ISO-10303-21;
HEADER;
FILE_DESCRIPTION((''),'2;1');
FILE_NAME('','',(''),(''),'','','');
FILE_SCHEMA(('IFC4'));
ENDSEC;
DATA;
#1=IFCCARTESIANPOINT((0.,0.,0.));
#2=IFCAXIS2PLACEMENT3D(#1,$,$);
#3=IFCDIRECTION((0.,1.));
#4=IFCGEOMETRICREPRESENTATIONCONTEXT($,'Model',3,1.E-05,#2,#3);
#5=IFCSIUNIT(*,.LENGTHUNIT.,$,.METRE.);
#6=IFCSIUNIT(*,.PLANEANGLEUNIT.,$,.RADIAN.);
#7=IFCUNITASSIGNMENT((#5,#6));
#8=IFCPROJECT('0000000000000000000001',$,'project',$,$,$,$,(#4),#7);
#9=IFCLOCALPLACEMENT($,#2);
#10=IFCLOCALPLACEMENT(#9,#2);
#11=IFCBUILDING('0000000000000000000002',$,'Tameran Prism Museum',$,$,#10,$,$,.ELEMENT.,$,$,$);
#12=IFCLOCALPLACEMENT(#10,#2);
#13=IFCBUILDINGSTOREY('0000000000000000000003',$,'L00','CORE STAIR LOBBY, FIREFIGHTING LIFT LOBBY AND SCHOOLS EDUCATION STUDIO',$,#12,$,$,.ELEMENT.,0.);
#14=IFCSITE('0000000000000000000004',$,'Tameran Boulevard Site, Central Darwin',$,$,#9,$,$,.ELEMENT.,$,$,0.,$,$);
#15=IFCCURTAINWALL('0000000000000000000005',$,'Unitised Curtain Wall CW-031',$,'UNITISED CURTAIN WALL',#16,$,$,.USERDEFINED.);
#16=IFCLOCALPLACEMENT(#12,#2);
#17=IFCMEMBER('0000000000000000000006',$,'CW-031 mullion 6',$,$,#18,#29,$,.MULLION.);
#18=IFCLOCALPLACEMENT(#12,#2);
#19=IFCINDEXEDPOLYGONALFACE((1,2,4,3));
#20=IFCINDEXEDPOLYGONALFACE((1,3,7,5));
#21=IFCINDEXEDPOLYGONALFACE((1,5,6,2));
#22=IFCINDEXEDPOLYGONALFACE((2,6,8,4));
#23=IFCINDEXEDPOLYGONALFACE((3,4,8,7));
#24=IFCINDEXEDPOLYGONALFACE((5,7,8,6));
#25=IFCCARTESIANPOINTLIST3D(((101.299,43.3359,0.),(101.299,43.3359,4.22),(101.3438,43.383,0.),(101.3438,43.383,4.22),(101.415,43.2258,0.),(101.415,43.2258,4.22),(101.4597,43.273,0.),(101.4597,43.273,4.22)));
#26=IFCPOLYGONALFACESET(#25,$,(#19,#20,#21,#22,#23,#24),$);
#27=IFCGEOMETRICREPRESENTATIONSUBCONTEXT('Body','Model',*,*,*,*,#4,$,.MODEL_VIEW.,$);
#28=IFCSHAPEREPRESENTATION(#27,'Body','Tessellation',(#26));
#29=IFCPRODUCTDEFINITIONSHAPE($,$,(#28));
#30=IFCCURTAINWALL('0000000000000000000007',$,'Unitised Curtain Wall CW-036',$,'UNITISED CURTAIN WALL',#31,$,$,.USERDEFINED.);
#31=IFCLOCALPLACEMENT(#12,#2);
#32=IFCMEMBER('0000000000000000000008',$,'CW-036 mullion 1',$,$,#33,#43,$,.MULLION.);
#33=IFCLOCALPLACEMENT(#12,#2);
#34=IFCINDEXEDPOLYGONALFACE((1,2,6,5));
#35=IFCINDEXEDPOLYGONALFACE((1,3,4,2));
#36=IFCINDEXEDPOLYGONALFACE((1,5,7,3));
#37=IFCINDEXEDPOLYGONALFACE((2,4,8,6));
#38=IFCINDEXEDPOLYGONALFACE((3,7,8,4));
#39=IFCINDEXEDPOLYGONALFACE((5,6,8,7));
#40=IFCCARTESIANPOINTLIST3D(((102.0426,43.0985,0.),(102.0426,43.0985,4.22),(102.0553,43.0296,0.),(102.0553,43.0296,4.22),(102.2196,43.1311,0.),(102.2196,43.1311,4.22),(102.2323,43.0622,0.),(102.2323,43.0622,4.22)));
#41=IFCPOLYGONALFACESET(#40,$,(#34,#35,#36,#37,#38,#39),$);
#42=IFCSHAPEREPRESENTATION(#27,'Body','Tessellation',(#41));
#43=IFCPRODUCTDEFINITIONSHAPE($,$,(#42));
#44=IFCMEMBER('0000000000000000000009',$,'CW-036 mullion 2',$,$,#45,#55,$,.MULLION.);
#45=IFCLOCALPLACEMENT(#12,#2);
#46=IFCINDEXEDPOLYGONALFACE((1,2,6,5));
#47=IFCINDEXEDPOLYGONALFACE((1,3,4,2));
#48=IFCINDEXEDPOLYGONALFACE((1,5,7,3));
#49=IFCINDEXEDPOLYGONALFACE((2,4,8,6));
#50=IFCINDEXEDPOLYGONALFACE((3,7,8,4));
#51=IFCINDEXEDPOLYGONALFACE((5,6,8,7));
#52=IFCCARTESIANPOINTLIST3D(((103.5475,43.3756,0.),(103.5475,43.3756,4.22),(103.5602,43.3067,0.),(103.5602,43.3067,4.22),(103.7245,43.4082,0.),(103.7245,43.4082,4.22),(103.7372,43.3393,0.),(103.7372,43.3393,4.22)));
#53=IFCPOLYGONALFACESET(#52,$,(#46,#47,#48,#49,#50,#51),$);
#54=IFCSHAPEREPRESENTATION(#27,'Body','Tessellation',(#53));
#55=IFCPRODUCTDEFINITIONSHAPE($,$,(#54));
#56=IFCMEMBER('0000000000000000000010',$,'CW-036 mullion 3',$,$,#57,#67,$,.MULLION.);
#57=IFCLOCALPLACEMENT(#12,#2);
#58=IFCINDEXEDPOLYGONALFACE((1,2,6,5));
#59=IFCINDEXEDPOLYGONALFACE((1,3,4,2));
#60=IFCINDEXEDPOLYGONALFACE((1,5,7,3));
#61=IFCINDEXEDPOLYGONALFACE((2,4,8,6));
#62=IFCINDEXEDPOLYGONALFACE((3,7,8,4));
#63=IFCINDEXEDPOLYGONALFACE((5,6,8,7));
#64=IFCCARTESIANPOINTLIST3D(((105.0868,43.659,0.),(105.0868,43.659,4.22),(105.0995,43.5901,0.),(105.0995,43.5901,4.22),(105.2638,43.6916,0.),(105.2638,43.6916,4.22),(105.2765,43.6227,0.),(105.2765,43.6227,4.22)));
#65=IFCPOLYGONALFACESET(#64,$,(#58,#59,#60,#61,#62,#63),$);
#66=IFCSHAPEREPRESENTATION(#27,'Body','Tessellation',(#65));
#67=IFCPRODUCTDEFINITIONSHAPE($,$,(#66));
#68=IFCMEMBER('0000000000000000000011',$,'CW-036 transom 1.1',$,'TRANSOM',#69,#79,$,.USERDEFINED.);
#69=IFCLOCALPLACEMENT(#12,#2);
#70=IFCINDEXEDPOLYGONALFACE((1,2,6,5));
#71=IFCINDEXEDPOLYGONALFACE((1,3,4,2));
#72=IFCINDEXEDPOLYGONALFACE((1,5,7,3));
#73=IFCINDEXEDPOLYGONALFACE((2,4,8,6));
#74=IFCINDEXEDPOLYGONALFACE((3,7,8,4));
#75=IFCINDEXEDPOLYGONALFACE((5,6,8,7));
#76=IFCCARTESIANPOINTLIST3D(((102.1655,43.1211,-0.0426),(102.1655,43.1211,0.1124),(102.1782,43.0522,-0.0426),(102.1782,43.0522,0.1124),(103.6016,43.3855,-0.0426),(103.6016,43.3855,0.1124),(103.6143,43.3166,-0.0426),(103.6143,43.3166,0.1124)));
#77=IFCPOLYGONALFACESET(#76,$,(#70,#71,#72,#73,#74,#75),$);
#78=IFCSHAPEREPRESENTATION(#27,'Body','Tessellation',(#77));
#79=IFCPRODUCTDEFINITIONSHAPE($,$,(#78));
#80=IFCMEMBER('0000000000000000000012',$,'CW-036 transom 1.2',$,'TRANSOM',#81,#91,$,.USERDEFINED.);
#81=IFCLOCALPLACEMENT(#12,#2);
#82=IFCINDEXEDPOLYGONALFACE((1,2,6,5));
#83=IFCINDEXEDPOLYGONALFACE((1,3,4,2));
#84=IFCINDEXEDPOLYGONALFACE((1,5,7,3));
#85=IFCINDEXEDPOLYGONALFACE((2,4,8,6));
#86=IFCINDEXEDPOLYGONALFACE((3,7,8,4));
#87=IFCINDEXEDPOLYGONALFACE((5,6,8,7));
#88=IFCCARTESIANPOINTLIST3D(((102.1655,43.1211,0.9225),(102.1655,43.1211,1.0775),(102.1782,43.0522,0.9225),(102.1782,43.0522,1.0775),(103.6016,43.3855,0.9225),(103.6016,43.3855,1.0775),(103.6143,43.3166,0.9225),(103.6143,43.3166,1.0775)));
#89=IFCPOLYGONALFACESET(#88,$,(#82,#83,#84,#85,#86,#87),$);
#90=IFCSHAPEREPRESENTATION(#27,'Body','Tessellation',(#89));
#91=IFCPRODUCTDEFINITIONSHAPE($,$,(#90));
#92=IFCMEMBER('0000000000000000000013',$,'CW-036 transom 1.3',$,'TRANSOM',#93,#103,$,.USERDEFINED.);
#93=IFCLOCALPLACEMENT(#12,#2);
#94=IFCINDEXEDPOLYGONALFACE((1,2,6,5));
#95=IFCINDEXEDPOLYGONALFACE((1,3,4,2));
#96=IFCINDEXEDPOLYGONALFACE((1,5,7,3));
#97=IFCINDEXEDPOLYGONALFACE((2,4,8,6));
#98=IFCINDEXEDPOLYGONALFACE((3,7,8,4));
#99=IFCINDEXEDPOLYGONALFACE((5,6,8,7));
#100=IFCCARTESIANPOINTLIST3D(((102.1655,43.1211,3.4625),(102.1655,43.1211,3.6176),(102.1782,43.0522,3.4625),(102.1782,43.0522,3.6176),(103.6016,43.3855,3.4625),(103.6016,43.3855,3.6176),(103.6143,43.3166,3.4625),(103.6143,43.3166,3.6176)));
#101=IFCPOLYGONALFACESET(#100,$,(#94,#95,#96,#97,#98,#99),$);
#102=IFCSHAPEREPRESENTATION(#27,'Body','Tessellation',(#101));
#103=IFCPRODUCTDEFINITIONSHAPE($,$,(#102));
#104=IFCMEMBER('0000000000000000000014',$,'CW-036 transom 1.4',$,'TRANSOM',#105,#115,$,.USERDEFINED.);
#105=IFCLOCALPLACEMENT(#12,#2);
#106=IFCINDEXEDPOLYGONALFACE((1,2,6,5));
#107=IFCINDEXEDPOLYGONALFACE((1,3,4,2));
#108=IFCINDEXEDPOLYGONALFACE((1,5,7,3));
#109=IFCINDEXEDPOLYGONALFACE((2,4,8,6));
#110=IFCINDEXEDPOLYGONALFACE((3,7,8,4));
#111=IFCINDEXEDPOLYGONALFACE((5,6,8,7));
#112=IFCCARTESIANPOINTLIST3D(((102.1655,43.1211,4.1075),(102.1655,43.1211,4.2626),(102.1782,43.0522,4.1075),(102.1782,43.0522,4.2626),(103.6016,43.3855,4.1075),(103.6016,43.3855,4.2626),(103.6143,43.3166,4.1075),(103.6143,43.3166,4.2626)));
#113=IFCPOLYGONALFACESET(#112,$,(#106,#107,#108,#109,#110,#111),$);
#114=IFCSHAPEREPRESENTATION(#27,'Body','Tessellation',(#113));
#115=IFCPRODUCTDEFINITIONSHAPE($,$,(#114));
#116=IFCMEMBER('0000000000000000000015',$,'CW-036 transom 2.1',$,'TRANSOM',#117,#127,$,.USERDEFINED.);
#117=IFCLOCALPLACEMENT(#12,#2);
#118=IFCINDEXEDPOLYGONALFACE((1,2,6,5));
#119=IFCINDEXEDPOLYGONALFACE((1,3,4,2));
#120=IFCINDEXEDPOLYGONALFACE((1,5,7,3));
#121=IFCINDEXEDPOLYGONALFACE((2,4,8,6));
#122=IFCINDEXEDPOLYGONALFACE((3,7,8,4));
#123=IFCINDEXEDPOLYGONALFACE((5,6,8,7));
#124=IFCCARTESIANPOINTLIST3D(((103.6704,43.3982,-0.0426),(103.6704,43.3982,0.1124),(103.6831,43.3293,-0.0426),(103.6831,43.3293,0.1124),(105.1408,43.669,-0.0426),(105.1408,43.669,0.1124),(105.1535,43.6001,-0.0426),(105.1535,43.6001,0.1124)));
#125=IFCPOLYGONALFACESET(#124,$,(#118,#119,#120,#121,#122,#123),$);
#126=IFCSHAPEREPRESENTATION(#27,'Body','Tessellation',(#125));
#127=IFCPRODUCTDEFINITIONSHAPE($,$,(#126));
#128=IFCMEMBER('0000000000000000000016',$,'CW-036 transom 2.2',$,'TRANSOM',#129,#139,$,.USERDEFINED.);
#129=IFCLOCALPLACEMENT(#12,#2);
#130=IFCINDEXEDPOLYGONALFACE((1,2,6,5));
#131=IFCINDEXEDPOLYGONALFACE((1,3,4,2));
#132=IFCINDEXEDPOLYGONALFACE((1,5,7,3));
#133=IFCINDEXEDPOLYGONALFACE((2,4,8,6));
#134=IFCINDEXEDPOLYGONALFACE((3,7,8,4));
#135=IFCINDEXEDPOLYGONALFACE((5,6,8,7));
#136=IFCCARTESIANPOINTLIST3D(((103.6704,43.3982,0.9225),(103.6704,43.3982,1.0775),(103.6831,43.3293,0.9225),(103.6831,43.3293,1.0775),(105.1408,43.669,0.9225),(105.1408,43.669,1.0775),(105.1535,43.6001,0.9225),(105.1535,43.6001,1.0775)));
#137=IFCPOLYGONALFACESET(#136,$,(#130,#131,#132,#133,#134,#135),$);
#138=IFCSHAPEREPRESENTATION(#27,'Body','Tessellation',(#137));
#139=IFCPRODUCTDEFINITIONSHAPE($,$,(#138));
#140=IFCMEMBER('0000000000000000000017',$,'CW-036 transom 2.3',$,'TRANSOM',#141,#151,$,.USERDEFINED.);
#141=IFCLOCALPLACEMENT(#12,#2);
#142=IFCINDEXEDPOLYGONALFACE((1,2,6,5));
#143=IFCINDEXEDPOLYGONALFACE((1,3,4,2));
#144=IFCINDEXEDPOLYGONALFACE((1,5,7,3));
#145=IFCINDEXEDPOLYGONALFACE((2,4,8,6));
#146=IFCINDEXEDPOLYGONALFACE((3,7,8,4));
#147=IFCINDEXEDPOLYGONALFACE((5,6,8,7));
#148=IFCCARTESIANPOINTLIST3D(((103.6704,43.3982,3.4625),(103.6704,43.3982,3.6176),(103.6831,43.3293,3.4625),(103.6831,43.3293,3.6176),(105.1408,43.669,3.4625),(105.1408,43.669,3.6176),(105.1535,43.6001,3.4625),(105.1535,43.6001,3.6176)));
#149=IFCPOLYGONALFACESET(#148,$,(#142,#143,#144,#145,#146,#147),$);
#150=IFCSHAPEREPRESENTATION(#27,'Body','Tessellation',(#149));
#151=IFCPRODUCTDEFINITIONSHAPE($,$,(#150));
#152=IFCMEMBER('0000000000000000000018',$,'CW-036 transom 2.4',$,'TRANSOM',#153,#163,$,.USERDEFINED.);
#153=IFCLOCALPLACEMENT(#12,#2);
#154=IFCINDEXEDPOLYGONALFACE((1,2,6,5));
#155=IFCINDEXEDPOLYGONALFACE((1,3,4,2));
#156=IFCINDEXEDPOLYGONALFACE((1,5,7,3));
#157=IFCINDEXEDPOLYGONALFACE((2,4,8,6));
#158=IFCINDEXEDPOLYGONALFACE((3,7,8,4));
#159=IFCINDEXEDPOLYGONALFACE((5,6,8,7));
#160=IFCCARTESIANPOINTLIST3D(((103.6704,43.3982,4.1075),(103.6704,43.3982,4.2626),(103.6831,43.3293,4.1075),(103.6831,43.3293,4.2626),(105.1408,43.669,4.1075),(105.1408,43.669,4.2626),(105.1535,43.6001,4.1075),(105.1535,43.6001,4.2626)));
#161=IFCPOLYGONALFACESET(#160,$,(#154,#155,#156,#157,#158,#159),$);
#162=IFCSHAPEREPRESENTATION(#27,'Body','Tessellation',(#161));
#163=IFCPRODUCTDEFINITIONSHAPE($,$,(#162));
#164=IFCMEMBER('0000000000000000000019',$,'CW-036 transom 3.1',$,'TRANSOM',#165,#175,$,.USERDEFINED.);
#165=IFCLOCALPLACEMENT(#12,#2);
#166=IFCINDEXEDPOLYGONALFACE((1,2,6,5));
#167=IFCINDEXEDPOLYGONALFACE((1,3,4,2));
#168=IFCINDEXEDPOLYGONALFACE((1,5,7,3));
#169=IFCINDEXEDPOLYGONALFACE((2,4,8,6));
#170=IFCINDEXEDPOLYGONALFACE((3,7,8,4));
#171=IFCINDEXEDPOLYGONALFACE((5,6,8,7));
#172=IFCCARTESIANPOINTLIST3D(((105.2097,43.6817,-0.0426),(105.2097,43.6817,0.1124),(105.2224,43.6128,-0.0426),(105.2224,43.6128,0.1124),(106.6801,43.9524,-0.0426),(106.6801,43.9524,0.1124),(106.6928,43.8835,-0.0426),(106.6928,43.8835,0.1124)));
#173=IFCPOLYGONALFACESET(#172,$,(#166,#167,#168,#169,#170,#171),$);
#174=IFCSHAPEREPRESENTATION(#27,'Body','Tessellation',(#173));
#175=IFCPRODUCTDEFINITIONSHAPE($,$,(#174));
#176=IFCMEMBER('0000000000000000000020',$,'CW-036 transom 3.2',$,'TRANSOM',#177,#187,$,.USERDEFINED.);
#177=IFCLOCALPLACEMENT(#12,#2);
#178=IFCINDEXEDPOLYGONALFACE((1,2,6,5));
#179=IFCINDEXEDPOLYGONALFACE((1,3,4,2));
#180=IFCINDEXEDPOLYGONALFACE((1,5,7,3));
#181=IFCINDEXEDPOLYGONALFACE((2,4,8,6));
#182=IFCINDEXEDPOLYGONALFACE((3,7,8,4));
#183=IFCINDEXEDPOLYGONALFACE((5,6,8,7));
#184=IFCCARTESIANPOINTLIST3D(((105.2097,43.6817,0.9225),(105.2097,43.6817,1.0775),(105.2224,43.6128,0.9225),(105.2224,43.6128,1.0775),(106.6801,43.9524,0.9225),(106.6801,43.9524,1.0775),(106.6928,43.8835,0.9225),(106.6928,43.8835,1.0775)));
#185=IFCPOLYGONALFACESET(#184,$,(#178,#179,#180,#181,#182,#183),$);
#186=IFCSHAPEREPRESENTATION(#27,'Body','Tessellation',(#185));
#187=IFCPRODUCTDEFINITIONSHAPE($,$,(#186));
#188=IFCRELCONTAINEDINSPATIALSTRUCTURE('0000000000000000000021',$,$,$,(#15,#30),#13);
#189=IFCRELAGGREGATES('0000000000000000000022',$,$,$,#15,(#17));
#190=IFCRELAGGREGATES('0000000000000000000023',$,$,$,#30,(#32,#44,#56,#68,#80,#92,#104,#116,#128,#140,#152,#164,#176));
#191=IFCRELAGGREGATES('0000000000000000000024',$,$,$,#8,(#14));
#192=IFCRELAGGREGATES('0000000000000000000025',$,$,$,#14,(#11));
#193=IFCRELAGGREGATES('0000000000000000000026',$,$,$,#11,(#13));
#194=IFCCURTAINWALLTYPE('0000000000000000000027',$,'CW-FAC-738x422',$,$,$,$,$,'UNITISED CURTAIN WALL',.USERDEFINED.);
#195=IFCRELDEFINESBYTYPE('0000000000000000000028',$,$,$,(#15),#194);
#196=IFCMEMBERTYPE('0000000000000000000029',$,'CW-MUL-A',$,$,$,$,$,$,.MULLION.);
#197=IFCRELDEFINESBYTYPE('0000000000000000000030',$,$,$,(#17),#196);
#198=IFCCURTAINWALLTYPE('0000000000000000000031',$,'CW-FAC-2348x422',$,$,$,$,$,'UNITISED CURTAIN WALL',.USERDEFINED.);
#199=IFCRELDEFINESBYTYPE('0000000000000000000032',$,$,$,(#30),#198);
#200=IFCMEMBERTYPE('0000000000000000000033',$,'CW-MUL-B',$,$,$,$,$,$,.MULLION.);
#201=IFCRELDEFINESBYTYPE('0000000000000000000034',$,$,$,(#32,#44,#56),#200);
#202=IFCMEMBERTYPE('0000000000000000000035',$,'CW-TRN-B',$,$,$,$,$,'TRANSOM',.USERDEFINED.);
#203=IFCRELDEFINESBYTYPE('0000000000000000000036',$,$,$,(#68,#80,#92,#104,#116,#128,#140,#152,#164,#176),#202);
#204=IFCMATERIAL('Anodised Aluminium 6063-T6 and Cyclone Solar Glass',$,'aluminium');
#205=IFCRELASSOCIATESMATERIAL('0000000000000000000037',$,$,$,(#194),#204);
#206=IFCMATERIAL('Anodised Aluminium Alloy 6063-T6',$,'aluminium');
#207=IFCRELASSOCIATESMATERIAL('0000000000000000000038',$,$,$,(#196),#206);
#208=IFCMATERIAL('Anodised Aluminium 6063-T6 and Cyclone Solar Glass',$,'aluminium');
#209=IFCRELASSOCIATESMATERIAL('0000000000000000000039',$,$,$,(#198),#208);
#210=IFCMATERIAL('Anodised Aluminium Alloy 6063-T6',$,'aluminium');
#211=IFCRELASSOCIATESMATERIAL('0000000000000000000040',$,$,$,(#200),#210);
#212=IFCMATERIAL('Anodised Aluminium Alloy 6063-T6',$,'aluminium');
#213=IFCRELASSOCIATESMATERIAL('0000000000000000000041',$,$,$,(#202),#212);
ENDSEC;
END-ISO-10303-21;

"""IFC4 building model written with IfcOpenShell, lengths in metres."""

from ifc_helpers import new_model, si_unit, direction, frame, origin, origin_2d, place, context, subcontext, project, spatial, rectangle, extrude, material, material_profile, profile_set, type_object, element, aggregate, save


model = new_model("IFC4")

# Units and contexts
model_context = context("Model", 3, precision=1e-05, world=origin(), true_north=direction((0.0, 1.0)))
body_context = subcontext(model_context, "Body", "Model", "MODEL_VIEW")
ifc_project = project(units=[si_unit("LENGTHUNIT", "METRE"), si_unit("PLANEANGLEUNIT", "RADIAN")], contexts=[model_context])

# Site, building, storey
site_placement = place(None, origin())
site = spatial("IfcSite", under=ifc_project, at=site_placement, Name="Tameran Boulevard Site, Central Darwin", CompositionType="ELEMENT", RefElevation=0.0)
building_placement = place(site_placement, origin())
building = spatial("IfcBuilding", under=site, at=building_placement, Name="Tameran Prism Museum", CompositionType="ELEMENT")
storey_placement = place(building_placement, origin())
storey = spatial("IfcBuildingStorey", under=building, at=storey_placement, Name="L00", Description="CORE STAIR LOBBY, FIREFIGHTING LIFT LOBBY AND SCHOOLS EDUCATION STUDIO", CompositionType="ELEMENT", Elevation=0.0)

# Curtain wall, member
ifc_material_1 = material(Name="Anodised Aluminium 6063-T6 and Cyclone Solar Glass", Category="aluminium")
curtain_wall_type_1 = type_object("IfcCurtainWallType", Name="CW-FAC-738x422", ElementType="UNITISED CURTAIN WALL", PredefinedType="USERDEFINED", material=ifc_material_1)
curtain_wall_1_placement = place(storey_placement, origin())
curtain_wall_1 = element("IfcCurtainWall", 1, at=curtain_wall_1_placement, inside=storey, type_object=curtain_wall_type_1, Name="Unitised Curtain Wall CW-031", ObjectType="UNITISED CURTAIN WALL", PredefinedType="USERDEFINED")
ifc_material_2 = material(Name="Anodised Aluminium Alloy 6063-T6", Category="aluminium")
ifc_material_profile_1 = material_profile(ifc_material_2, rectangle(XDim=0.0649, YDim=0.1599, at=origin_2d()))
ifc_profile_set_1 = profile_set([ifc_material_profile_1])
member_type_1 = type_object("IfcMemberType", Name="CW-MUL-A", PredefinedType="MULLION", material=ifc_profile_set_1)
member_1_placement = place(storey_placement, frame((101.3794, 43.3044, 0.0), z_axis=(0.0, 0.0, 1.0), x_axis=(0.688425, 0.725307, 0.0)))
member_1 = element("IfcMember", 2, at=member_1_placement, type_object=member_type_1, Name="CW-031 mullion 6", PredefinedType="MULLION", context=body_context, shape_type="SweptSolid", body=[
    extrude(rectangle(XDim=0.0649, YDim=0.1599, at=origin_2d()), origin(), (0.0, 0.0, 1.0), 4.22),
])
aggregate(curtain_wall_1, [member_1])

# Curtain wall, members
ifc_material_3 = material(Name="Anodised Aluminium 6063-T6 and Cyclone Solar Glass", Category="aluminium")
curtain_wall_type_2 = type_object("IfcCurtainWallType", Name="CW-FAC-2348x422", ElementType="UNITISED CURTAIN WALL", PredefinedType="USERDEFINED", material=ifc_material_3)
curtain_wall_2_placement = place(storey_placement, origin())
curtain_wall_2 = element("IfcCurtainWall", 3, at=curtain_wall_2_placement, inside=storey, type_object=curtain_wall_type_2, Name="Unitised Curtain Wall CW-036", ObjectType="UNITISED CURTAIN WALL", PredefinedType="USERDEFINED")
ifc_material_4 = material(Name="Anodised Aluminium Alloy 6063-T6", Category="aluminium")
ifc_material_profile_2 = material_profile(ifc_material_4, rectangle(XDim=0.0701, YDim=0.1799, at=origin_2d()))
ifc_profile_set_2 = profile_set([ifc_material_profile_2])
member_type_2 = type_object("IfcMemberType", Name="CW-MUL-B", PredefinedType="MULLION", material=ifc_profile_set_2)
member_2_placement = place(storey_placement, frame((102.1375, 43.0803, 0.0), z_axis=(0.0, 0.0, 1.0), x_axis=(-0.181063, 0.983472, 0.0)))
member_2 = element("IfcMember", 4, at=member_2_placement, type_object=member_type_2, Name="CW-036 mullion 1", PredefinedType="MULLION", context=body_context, shape_type="SweptSolid", body=[
    extrude(rectangle(XDim=0.0701, YDim=0.1799, at=origin_2d()), origin(), (0.0, 0.0, 1.0), 4.22),
])
member_3_placement = place(storey_placement, frame((103.6423, 43.3574, 0.0), z_axis=(0.0, 0.0, 1.0), x_axis=(-0.181063, 0.983472, 0.0)))
member_3 = element("IfcMember", 5, at=member_3_placement, type_object=member_type_2, Name="CW-036 mullion 2", PredefinedType="MULLION", context=body_context, shape_type="SweptSolid", body=[
    extrude(rectangle(XDim=0.0701, YDim=0.1799, at=origin_2d()), origin(), (0.0, 0.0, 1.0), 4.22),
])
member_4_placement = place(storey_placement, frame((105.1816, 43.6409, 0.0), z_axis=(0.0, 0.0, 1.0), x_axis=(-0.181063, 0.983472, 0.0)))
member_4 = element("IfcMember", 6, at=member_4_placement, type_object=member_type_2, Name="CW-036 mullion 3", PredefinedType="MULLION", context=body_context, shape_type="SweptSolid", body=[
    extrude(rectangle(XDim=0.0701, YDim=0.1799, at=origin_2d()), origin(), (0.0, 0.0, 1.0), 4.22),
])
ifc_material_5 = material(Name="Anodised Aluminium Alloy 6063-T6", Category="aluminium")
ifc_material_profile_3 = material_profile(ifc_material_5, rectangle(XDim=0.0701, YDim=0.155, at=origin_2d()))
ifc_profile_set_3 = profile_set([ifc_material_profile_3])
member_type_3 = type_object("IfcMemberType", Name="CW-TRN-B", ElementType="TRANSOM", PredefinedType="USERDEFINED", material=ifc_profile_set_3)
member_5_placement = place(storey_placement, frame((102.1719, 43.0867, 0.0349), z_axis=(0.983469, 0.181077, 0.0), x_axis=(-0.181077, 0.983469, 0.0)))
member_5 = element("IfcMember", 7, at=member_5_placement, type_object=member_type_3, Name="CW-036 transom 1.1", ObjectType="TRANSOM", PredefinedType="USERDEFINED", context=body_context, shape_type="SweptSolid", body=[
    extrude(rectangle(XDim=0.0701, YDim=0.155, at=origin_2d()), origin(), (0.0, 0.0, 1.0), 1.4602),
])
member_6_placement = place(storey_placement, frame((102.1719, 43.0867, 1.0), z_axis=(0.983469, 0.181077, 0.0), x_axis=(-0.181077, 0.983469, 0.0)))
member_6 = element("IfcMember", 8, at=member_6_placement, type_object=member_type_3, Name="CW-036 transom 1.2", ObjectType="TRANSOM", PredefinedType="USERDEFINED", context=body_context, shape_type="SweptSolid", body=[
    extrude(rectangle(XDim=0.0701, YDim=0.155, at=origin_2d()), origin(), (0.0, 0.0, 1.0), 1.4602),
])
member_7_placement = place(storey_placement, frame((102.1719, 43.0867, 3.54), z_axis=(0.983469, 0.181077, 0.0), x_axis=(-0.181077, 0.983469, 0.0)))
member_7 = element("IfcMember", 9, at=member_7_placement, type_object=member_type_3, Name="CW-036 transom 1.3", ObjectType="TRANSOM", PredefinedType="USERDEFINED", context=body_context, shape_type="SweptSolid", body=[
    extrude(rectangle(XDim=0.0701, YDim=0.155, at=origin_2d()), origin(), (0.0, 0.0, 1.0), 1.4602),
])
member_8_placement = place(storey_placement, frame((102.1719, 43.0867, 4.1851), z_axis=(0.983469, 0.181077, 0.0), x_axis=(-0.181077, 0.983469, 0.0)))
member_8 = element("IfcMember", 10, at=member_8_placement, type_object=member_type_3, Name="CW-036 transom 1.4", ObjectType="TRANSOM", PredefinedType="USERDEFINED", context=body_context, shape_type="SweptSolid", body=[
    extrude(rectangle(XDim=0.0701, YDim=0.155, at=origin_2d()), origin(), (0.0, 0.0, 1.0), 1.4602),
])
member_9_placement = place(storey_placement, frame((103.6768, 43.3638, 0.0349), z_axis=(0.983468, 0.181083, 0.0), x_axis=(-0.181083, 0.983468, 0.0)))
member_9 = element("IfcMember", 11, at=member_9_placement, type_object=member_type_3, Name="CW-036 transom 2.1", ObjectType="TRANSOM", PredefinedType="USERDEFINED", context=body_context, shape_type="SweptSolid", body=[
    extrude(rectangle(XDim=0.0701, YDim=0.155, at=origin_2d()), origin(), (0.0, 0.0, 1.0), 1.4951),
])
member_10_placement = place(storey_placement, frame((103.6768, 43.3638, 1.0), z_axis=(0.983468, 0.181083, 0.0), x_axis=(-0.181083, 0.983468, 0.0)))
member_10 = element("IfcMember", 12, at=member_10_placement, type_object=member_type_3, Name="CW-036 transom 2.2", ObjectType="TRANSOM", PredefinedType="USERDEFINED", context=body_context, shape_type="SweptSolid", body=[
    extrude(rectangle(XDim=0.0701, YDim=0.155, at=origin_2d()), origin(), (0.0, 0.0, 1.0), 1.4951),
])
member_11_placement = place(storey_placement, frame((103.6768, 43.3638, 3.54), z_axis=(0.983468, 0.181083, 0.0), x_axis=(-0.181083, 0.983468, 0.0)))
member_11 = element("IfcMember", 13, at=member_11_placement, type_object=member_type_3, Name="CW-036 transom 2.3", ObjectType="TRANSOM", PredefinedType="USERDEFINED", context=body_context, shape_type="SweptSolid", body=[
    extrude(rectangle(XDim=0.0701, YDim=0.155, at=origin_2d()), origin(), (0.0, 0.0, 1.0), 1.4951),
])
member_12_placement = place(storey_placement, frame((103.6768, 43.3638, 4.1851), z_axis=(0.983468, 0.181083, 0.0), x_axis=(-0.181083, 0.983468, 0.0)))
member_12 = element("IfcMember", 14, at=member_12_placement, type_object=member_type_3, Name="CW-036 transom 2.4", ObjectType="TRANSOM", PredefinedType="USERDEFINED", context=body_context, shape_type="SweptSolid", body=[
    extrude(rectangle(XDim=0.0701, YDim=0.155, at=origin_2d()), origin(), (0.0, 0.0, 1.0), 1.4951),
])
member_13_placement = place(storey_placement, frame((105.2161, 43.6472, 0.0349), z_axis=(0.983468, 0.181083, 0.0), x_axis=(-0.181083, 0.983468, 0.0)))
member_13 = element("IfcMember", 15, at=member_13_placement, type_object=member_type_3, Name="CW-036 transom 3.1", ObjectType="TRANSOM", PredefinedType="USERDEFINED", context=body_context, shape_type="SweptSolid", body=[
    extrude(rectangle(XDim=0.0701, YDim=0.155, at=origin_2d()), origin(), (0.0, 0.0, 1.0), 1.4951),
])
member_14_placement = place(storey_placement, frame((105.2161, 43.6472, 1.0), z_axis=(0.983468, 0.181083, 0.0), x_axis=(-0.181083, 0.983468, 0.0)))
member_14 = element("IfcMember", 16, at=member_14_placement, type_object=member_type_3, Name="CW-036 transom 3.2", ObjectType="TRANSOM", PredefinedType="USERDEFINED", context=body_context, shape_type="SweptSolid", body=[
    extrude(rectangle(XDim=0.0701, YDim=0.155, at=origin_2d()), origin(), (0.0, 0.0, 1.0), 1.4951),
])
aggregate(curtain_wall_2, [member_2, member_3, member_4, member_5, member_6, member_7, member_8, member_9, member_10, member_11, member_12, member_13, member_14])

save(model, "model.ifc")
